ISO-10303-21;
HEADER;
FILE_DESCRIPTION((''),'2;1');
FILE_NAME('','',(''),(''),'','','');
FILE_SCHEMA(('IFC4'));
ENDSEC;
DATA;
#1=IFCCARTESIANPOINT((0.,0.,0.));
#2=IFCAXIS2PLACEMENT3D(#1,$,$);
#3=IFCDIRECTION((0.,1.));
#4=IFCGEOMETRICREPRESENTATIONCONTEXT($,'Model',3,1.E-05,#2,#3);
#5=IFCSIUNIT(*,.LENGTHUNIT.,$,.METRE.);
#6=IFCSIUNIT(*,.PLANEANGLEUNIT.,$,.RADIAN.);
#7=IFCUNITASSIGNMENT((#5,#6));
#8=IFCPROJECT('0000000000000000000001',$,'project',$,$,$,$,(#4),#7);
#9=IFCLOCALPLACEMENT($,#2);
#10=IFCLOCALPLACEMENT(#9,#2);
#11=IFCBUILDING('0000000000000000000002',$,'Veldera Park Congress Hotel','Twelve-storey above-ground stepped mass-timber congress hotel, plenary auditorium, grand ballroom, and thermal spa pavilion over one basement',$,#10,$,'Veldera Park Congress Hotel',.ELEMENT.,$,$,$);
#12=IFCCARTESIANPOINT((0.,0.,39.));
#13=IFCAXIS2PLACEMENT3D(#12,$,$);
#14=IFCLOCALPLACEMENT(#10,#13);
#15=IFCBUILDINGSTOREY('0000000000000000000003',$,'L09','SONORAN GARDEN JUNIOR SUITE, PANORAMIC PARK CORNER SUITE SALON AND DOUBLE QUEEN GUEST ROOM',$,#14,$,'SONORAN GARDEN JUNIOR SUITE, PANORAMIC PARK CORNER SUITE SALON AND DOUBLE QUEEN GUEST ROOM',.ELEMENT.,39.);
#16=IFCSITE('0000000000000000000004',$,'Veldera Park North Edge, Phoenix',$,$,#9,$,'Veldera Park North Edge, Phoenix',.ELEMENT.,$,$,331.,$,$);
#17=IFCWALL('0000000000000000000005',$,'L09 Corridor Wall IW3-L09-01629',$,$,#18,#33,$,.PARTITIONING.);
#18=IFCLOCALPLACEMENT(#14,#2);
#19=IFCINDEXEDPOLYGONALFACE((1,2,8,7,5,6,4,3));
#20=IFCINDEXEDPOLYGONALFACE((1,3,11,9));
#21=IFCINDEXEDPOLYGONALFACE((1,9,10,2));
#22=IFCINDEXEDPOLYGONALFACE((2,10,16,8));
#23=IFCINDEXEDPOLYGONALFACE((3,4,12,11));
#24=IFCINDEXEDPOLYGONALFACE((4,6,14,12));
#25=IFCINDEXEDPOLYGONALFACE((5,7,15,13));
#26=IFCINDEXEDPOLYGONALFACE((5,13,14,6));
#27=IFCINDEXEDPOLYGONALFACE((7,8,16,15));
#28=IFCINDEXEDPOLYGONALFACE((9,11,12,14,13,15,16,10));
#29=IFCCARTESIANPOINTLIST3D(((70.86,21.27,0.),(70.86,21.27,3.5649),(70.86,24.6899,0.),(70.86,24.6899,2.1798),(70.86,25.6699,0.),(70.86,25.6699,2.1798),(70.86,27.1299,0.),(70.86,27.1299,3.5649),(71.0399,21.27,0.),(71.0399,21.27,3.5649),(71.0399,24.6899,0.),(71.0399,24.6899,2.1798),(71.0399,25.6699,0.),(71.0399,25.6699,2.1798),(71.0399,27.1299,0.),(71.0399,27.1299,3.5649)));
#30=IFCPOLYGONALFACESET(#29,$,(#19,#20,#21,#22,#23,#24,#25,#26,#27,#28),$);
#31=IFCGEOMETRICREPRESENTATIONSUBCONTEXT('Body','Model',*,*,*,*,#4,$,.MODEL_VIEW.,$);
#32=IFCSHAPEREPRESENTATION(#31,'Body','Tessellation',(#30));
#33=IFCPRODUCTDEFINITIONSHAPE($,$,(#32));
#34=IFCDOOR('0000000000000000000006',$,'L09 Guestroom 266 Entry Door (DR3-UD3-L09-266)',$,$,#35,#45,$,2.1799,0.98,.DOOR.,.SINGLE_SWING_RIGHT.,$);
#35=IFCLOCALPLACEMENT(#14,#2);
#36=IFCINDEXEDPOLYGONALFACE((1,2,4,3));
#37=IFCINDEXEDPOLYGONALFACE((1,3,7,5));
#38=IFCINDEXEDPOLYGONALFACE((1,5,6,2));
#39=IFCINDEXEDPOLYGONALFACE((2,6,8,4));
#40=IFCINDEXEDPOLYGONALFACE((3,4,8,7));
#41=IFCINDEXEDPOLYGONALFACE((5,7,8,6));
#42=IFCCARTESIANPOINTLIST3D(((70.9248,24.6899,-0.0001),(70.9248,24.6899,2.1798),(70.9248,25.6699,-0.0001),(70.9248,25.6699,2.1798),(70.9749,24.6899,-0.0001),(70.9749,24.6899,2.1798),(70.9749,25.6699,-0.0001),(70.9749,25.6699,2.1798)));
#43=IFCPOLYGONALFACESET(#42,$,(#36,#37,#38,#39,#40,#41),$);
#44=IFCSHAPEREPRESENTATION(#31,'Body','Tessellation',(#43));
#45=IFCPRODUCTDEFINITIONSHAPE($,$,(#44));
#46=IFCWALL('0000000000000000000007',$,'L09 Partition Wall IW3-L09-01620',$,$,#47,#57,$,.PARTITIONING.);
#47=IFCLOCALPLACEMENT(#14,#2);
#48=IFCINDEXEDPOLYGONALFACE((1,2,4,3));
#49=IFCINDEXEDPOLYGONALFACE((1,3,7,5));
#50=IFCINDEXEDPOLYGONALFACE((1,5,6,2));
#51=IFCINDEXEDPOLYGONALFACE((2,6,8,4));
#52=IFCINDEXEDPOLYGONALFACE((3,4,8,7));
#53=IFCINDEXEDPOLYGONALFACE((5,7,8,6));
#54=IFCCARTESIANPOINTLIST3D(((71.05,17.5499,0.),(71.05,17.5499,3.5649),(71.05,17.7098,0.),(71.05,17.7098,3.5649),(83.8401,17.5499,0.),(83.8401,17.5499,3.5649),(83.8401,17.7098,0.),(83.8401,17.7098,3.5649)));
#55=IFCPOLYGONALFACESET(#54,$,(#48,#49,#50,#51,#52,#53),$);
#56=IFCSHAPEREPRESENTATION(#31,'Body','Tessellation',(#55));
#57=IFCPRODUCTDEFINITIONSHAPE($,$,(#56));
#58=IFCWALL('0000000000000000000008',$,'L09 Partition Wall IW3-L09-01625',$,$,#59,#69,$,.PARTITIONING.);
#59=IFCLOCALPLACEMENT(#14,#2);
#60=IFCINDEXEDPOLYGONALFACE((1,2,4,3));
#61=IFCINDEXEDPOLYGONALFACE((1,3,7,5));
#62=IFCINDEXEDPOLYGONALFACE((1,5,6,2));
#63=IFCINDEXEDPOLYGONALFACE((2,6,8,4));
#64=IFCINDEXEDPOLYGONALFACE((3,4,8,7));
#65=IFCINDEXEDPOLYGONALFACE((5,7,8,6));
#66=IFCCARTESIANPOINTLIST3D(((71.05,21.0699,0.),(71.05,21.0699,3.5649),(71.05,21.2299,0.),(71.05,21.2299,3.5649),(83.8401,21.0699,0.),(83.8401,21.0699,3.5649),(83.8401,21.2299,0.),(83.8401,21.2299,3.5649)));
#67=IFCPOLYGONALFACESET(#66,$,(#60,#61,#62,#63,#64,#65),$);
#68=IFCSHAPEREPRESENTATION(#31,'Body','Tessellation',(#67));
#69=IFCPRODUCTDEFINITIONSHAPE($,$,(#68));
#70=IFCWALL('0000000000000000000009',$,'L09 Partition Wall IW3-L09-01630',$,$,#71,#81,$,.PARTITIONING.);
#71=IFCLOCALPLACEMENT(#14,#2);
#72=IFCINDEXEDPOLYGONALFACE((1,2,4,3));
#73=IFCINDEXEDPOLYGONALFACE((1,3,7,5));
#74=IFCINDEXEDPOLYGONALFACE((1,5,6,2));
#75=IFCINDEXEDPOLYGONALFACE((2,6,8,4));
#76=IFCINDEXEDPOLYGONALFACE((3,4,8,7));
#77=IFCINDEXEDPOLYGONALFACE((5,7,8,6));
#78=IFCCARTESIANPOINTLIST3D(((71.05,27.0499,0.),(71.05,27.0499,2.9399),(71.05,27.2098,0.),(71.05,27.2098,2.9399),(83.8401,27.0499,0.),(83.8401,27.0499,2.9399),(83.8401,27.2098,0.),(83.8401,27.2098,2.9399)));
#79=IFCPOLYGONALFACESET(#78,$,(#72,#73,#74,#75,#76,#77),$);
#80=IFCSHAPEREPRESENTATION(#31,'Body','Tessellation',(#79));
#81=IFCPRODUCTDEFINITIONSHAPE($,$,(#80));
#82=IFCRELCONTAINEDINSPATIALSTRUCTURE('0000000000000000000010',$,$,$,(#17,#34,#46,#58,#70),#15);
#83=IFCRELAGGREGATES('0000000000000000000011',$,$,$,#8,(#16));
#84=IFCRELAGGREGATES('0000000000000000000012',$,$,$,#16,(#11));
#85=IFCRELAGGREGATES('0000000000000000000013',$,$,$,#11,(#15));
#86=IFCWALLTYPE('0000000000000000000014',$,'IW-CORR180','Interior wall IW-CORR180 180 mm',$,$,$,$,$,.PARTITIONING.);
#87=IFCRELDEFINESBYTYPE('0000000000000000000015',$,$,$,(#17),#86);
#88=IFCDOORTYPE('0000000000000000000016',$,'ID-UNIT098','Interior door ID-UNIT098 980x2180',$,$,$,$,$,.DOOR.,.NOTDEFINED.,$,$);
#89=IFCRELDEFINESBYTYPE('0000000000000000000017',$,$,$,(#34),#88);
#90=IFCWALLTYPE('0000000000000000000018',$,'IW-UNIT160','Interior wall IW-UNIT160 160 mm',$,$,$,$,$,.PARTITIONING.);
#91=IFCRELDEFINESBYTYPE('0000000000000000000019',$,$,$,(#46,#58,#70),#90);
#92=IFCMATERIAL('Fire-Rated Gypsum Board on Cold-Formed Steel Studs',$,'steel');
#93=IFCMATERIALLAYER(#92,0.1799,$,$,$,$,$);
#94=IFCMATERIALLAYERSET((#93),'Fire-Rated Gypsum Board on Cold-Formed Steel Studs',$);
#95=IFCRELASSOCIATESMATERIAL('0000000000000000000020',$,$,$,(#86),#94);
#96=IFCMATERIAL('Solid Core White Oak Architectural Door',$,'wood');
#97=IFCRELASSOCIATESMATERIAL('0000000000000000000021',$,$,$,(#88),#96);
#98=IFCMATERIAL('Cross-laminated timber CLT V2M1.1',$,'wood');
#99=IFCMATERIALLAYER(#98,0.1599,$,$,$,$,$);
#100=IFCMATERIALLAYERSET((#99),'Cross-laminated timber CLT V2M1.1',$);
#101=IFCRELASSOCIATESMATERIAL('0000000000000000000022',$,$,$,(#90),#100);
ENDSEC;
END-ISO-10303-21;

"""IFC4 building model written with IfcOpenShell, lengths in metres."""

from ifc_helpers import new_model, si_unit, direction, frame, frame_2d, origin, place, context, subcontext, project, spatial, rectangle, extrude, material, layer, layer_set, type_object, element, fill, save


model = new_model("IFC4")

# Units and contexts
model_context = context("Model", 3, precision=1e-05, world=origin(), true_north=direction((0.0, 1.0)))
body_context = subcontext(model_context, "Body", "Model", "MODEL_VIEW")
ifc_project = project(units=[si_unit("LENGTHUNIT", "METRE"), si_unit("PLANEANGLEUNIT", "RADIAN")], contexts=[model_context])

# Site, building, storey
site_placement = place(None, origin())
site = spatial("IfcSite", under=ifc_project, at=site_placement, Name="Veldera Park North Edge, Phoenix", LongName="Veldera Park North Edge, Phoenix", CompositionType="ELEMENT", RefElevation=331.0)
building_placement = place(site_placement, origin())
building = spatial("IfcBuilding", under=site, at=building_placement, Name="Veldera Park Congress Hotel", Description="Twelve-storey above-ground stepped mass-timber congress hotel, plenary auditorium, grand ballroom, and thermal spa pavilion over one basement", LongName="Veldera Park Congress Hotel", CompositionType="ELEMENT")
storey_placement = place(building_placement, frame((0.0, 0.0, 39.0)))
storey = spatial("IfcBuildingStorey", under=building, at=storey_placement, Name="L09", Description="SONORAN GARDEN JUNIOR SUITE, PANORAMIC PARK CORNER SUITE SALON AND DOUBLE QUEEN GUEST ROOM", LongName="SONORAN GARDEN JUNIOR SUITE, PANORAMIC PARK CORNER SUITE SALON AND DOUBLE QUEEN GUEST ROOM", CompositionType="ELEMENT", Elevation=39.0)

# Shared definitions
ifc_material_1 = material(Name="Cross-laminated timber CLT V2M1.1", Category="wood")

# Wall, opening, door
ifc_material_2 = material(Name="Fire-Rated Gypsum Board on Cold-Formed Steel Studs", Category="steel")
ifc_layer_1 = layer(ifc_material_2, 0.1799)
ifc_layer_set_1 = layer_set([ifc_layer_1], Name="Fire-Rated Gypsum Board on Cold-Formed Steel Studs")
wall_type_1 = type_object("IfcWallType", Name="IW-CORR180", Description="Interior wall IW-CORR180 180 mm", PredefinedType="PARTITIONING", material=ifc_layer_set_1)
ifc_material_3 = material(Name="Solid Core White Oak Architectural Door", Category="wood")
door_type = type_object("IfcDoorType", Name="ID-UNIT098", Description="Interior door ID-UNIT098 980x2180", OperationType="NOTDEFINED", PredefinedType="DOOR", material=ifc_material_3)
wall_1_placement = place(storey_placement, frame((70.95, 27.1299, 0.0), z_axis=(0.0, 0.0, 1.0), x_axis=(0.0, -1.0, 0.0)))
wall_1 = element("IfcWall", 1, at=wall_1_placement, inside=storey, type_object=wall_type_1, Name="L09 Corridor Wall IW3-L09-01629", PredefinedType="PARTITIONING", context=body_context, shape_type="SweptSolid", body=[
    extrude(rectangle(XDim=5.8599, YDim=0.1799, at=frame_2d((2.9299, 0.0))), origin(), (0.0, 0.0, 1.0), 3.5649),
])
opening_1_placement = place(wall_1_placement, frame((1.46, 0.0, 0.0)))
opening_1 = element("IfcOpeningElement", 2, at=opening_1_placement, cuts=wall_1, PredefinedType="OPENING", context=body_context, shape_type="SweptSolid", body=[
    extrude(rectangle(XDim=0.98, YDim=2.1799, at=frame_2d((0.49, 1.0898))), frame((0.0, 0.1021, 0.0), z_axis=(0.0, -1.0, 0.0), x_axis=(1.0, 0.0, 0.0)), (0.0, 0.0, 1.0), 0.2039),
])
door_1_placement = place(opening_1_placement, origin())
door_1 = element("IfcDoor", 3, at=door_1_placement, inside=storey, type_object=door_type, Name="L09 Guestroom 266 Entry Door (DR3-UD3-L09-266)", OperationType="SINGLE_SWING_RIGHT", OverallHeight=2.1799, OverallWidth=0.98, PredefinedType="DOOR", context=body_context, shape_type="SweptSolid", body=[
    extrude(rectangle(XDim=0.98, YDim=2.1799, at=frame_2d((0.49, 1.0898))), frame((0.0, 0.0249, 0.0), z_axis=(0.0, -1.0, 0.0), x_axis=(1.0, 0.0, 0.0)), (0.0, 0.0, 1.0), 0.05),
])
fill(opening_1, door_1)

# Walls
ifc_layer_2 = layer(ifc_material_1, 0.1599)
ifc_layer_set_2 = layer_set([ifc_layer_2], Name="Cross-laminated timber CLT V2M1.1")
wall_type_2 = type_object("IfcWallType", Name="IW-UNIT160", Description="Interior wall IW-UNIT160 160 mm", PredefinedType="PARTITIONING", material=ifc_layer_set_2)
for number, where, z_axis, x_axis, name in (
    (4, (71.05, 17.6299, 0.0), (0.0, 0.0, 1.0), (1.0, 0.0, 0.0), "L09 Partition Wall IW3-L09-01620"),
    (5, (71.05, 21.1499, 0.0), (0.0, 0.0, 1.0), (1.0, 0.0, 0.0), "L09 Partition Wall IW3-L09-01625"),
):
    element("IfcWall", number, at=place(storey_placement, frame(where, z_axis=z_axis, x_axis=x_axis)), inside=storey, type_object=wall_type_2, Name=name, PredefinedType="PARTITIONING", context=body_context, shape_type="SweptSolid", body=[
        extrude(rectangle(XDim=12.79, YDim=0.1599, at=frame_2d((6.395, 0.0))), origin(), (0.0, 0.0, 1.0), 3.5649),
    ])
wall_2_placement = place(storey_placement, frame((71.05, 27.1299, 0.0), z_axis=(0.0, 0.0, 1.0), x_axis=(1.0, 0.0, 0.0)))
element("IfcWall", 6, at=wall_2_placement, inside=storey, type_object=wall_type_2, Name="L09 Partition Wall IW3-L09-01630", PredefinedType="PARTITIONING", context=body_context, shape_type="SweptSolid", body=[
    extrude(rectangle(XDim=12.79, YDim=0.1599, at=frame_2d((6.395, 0.0))), origin(), (0.0, 0.0, 1.0), 2.9399),
])

save(model, "model.ifc")
